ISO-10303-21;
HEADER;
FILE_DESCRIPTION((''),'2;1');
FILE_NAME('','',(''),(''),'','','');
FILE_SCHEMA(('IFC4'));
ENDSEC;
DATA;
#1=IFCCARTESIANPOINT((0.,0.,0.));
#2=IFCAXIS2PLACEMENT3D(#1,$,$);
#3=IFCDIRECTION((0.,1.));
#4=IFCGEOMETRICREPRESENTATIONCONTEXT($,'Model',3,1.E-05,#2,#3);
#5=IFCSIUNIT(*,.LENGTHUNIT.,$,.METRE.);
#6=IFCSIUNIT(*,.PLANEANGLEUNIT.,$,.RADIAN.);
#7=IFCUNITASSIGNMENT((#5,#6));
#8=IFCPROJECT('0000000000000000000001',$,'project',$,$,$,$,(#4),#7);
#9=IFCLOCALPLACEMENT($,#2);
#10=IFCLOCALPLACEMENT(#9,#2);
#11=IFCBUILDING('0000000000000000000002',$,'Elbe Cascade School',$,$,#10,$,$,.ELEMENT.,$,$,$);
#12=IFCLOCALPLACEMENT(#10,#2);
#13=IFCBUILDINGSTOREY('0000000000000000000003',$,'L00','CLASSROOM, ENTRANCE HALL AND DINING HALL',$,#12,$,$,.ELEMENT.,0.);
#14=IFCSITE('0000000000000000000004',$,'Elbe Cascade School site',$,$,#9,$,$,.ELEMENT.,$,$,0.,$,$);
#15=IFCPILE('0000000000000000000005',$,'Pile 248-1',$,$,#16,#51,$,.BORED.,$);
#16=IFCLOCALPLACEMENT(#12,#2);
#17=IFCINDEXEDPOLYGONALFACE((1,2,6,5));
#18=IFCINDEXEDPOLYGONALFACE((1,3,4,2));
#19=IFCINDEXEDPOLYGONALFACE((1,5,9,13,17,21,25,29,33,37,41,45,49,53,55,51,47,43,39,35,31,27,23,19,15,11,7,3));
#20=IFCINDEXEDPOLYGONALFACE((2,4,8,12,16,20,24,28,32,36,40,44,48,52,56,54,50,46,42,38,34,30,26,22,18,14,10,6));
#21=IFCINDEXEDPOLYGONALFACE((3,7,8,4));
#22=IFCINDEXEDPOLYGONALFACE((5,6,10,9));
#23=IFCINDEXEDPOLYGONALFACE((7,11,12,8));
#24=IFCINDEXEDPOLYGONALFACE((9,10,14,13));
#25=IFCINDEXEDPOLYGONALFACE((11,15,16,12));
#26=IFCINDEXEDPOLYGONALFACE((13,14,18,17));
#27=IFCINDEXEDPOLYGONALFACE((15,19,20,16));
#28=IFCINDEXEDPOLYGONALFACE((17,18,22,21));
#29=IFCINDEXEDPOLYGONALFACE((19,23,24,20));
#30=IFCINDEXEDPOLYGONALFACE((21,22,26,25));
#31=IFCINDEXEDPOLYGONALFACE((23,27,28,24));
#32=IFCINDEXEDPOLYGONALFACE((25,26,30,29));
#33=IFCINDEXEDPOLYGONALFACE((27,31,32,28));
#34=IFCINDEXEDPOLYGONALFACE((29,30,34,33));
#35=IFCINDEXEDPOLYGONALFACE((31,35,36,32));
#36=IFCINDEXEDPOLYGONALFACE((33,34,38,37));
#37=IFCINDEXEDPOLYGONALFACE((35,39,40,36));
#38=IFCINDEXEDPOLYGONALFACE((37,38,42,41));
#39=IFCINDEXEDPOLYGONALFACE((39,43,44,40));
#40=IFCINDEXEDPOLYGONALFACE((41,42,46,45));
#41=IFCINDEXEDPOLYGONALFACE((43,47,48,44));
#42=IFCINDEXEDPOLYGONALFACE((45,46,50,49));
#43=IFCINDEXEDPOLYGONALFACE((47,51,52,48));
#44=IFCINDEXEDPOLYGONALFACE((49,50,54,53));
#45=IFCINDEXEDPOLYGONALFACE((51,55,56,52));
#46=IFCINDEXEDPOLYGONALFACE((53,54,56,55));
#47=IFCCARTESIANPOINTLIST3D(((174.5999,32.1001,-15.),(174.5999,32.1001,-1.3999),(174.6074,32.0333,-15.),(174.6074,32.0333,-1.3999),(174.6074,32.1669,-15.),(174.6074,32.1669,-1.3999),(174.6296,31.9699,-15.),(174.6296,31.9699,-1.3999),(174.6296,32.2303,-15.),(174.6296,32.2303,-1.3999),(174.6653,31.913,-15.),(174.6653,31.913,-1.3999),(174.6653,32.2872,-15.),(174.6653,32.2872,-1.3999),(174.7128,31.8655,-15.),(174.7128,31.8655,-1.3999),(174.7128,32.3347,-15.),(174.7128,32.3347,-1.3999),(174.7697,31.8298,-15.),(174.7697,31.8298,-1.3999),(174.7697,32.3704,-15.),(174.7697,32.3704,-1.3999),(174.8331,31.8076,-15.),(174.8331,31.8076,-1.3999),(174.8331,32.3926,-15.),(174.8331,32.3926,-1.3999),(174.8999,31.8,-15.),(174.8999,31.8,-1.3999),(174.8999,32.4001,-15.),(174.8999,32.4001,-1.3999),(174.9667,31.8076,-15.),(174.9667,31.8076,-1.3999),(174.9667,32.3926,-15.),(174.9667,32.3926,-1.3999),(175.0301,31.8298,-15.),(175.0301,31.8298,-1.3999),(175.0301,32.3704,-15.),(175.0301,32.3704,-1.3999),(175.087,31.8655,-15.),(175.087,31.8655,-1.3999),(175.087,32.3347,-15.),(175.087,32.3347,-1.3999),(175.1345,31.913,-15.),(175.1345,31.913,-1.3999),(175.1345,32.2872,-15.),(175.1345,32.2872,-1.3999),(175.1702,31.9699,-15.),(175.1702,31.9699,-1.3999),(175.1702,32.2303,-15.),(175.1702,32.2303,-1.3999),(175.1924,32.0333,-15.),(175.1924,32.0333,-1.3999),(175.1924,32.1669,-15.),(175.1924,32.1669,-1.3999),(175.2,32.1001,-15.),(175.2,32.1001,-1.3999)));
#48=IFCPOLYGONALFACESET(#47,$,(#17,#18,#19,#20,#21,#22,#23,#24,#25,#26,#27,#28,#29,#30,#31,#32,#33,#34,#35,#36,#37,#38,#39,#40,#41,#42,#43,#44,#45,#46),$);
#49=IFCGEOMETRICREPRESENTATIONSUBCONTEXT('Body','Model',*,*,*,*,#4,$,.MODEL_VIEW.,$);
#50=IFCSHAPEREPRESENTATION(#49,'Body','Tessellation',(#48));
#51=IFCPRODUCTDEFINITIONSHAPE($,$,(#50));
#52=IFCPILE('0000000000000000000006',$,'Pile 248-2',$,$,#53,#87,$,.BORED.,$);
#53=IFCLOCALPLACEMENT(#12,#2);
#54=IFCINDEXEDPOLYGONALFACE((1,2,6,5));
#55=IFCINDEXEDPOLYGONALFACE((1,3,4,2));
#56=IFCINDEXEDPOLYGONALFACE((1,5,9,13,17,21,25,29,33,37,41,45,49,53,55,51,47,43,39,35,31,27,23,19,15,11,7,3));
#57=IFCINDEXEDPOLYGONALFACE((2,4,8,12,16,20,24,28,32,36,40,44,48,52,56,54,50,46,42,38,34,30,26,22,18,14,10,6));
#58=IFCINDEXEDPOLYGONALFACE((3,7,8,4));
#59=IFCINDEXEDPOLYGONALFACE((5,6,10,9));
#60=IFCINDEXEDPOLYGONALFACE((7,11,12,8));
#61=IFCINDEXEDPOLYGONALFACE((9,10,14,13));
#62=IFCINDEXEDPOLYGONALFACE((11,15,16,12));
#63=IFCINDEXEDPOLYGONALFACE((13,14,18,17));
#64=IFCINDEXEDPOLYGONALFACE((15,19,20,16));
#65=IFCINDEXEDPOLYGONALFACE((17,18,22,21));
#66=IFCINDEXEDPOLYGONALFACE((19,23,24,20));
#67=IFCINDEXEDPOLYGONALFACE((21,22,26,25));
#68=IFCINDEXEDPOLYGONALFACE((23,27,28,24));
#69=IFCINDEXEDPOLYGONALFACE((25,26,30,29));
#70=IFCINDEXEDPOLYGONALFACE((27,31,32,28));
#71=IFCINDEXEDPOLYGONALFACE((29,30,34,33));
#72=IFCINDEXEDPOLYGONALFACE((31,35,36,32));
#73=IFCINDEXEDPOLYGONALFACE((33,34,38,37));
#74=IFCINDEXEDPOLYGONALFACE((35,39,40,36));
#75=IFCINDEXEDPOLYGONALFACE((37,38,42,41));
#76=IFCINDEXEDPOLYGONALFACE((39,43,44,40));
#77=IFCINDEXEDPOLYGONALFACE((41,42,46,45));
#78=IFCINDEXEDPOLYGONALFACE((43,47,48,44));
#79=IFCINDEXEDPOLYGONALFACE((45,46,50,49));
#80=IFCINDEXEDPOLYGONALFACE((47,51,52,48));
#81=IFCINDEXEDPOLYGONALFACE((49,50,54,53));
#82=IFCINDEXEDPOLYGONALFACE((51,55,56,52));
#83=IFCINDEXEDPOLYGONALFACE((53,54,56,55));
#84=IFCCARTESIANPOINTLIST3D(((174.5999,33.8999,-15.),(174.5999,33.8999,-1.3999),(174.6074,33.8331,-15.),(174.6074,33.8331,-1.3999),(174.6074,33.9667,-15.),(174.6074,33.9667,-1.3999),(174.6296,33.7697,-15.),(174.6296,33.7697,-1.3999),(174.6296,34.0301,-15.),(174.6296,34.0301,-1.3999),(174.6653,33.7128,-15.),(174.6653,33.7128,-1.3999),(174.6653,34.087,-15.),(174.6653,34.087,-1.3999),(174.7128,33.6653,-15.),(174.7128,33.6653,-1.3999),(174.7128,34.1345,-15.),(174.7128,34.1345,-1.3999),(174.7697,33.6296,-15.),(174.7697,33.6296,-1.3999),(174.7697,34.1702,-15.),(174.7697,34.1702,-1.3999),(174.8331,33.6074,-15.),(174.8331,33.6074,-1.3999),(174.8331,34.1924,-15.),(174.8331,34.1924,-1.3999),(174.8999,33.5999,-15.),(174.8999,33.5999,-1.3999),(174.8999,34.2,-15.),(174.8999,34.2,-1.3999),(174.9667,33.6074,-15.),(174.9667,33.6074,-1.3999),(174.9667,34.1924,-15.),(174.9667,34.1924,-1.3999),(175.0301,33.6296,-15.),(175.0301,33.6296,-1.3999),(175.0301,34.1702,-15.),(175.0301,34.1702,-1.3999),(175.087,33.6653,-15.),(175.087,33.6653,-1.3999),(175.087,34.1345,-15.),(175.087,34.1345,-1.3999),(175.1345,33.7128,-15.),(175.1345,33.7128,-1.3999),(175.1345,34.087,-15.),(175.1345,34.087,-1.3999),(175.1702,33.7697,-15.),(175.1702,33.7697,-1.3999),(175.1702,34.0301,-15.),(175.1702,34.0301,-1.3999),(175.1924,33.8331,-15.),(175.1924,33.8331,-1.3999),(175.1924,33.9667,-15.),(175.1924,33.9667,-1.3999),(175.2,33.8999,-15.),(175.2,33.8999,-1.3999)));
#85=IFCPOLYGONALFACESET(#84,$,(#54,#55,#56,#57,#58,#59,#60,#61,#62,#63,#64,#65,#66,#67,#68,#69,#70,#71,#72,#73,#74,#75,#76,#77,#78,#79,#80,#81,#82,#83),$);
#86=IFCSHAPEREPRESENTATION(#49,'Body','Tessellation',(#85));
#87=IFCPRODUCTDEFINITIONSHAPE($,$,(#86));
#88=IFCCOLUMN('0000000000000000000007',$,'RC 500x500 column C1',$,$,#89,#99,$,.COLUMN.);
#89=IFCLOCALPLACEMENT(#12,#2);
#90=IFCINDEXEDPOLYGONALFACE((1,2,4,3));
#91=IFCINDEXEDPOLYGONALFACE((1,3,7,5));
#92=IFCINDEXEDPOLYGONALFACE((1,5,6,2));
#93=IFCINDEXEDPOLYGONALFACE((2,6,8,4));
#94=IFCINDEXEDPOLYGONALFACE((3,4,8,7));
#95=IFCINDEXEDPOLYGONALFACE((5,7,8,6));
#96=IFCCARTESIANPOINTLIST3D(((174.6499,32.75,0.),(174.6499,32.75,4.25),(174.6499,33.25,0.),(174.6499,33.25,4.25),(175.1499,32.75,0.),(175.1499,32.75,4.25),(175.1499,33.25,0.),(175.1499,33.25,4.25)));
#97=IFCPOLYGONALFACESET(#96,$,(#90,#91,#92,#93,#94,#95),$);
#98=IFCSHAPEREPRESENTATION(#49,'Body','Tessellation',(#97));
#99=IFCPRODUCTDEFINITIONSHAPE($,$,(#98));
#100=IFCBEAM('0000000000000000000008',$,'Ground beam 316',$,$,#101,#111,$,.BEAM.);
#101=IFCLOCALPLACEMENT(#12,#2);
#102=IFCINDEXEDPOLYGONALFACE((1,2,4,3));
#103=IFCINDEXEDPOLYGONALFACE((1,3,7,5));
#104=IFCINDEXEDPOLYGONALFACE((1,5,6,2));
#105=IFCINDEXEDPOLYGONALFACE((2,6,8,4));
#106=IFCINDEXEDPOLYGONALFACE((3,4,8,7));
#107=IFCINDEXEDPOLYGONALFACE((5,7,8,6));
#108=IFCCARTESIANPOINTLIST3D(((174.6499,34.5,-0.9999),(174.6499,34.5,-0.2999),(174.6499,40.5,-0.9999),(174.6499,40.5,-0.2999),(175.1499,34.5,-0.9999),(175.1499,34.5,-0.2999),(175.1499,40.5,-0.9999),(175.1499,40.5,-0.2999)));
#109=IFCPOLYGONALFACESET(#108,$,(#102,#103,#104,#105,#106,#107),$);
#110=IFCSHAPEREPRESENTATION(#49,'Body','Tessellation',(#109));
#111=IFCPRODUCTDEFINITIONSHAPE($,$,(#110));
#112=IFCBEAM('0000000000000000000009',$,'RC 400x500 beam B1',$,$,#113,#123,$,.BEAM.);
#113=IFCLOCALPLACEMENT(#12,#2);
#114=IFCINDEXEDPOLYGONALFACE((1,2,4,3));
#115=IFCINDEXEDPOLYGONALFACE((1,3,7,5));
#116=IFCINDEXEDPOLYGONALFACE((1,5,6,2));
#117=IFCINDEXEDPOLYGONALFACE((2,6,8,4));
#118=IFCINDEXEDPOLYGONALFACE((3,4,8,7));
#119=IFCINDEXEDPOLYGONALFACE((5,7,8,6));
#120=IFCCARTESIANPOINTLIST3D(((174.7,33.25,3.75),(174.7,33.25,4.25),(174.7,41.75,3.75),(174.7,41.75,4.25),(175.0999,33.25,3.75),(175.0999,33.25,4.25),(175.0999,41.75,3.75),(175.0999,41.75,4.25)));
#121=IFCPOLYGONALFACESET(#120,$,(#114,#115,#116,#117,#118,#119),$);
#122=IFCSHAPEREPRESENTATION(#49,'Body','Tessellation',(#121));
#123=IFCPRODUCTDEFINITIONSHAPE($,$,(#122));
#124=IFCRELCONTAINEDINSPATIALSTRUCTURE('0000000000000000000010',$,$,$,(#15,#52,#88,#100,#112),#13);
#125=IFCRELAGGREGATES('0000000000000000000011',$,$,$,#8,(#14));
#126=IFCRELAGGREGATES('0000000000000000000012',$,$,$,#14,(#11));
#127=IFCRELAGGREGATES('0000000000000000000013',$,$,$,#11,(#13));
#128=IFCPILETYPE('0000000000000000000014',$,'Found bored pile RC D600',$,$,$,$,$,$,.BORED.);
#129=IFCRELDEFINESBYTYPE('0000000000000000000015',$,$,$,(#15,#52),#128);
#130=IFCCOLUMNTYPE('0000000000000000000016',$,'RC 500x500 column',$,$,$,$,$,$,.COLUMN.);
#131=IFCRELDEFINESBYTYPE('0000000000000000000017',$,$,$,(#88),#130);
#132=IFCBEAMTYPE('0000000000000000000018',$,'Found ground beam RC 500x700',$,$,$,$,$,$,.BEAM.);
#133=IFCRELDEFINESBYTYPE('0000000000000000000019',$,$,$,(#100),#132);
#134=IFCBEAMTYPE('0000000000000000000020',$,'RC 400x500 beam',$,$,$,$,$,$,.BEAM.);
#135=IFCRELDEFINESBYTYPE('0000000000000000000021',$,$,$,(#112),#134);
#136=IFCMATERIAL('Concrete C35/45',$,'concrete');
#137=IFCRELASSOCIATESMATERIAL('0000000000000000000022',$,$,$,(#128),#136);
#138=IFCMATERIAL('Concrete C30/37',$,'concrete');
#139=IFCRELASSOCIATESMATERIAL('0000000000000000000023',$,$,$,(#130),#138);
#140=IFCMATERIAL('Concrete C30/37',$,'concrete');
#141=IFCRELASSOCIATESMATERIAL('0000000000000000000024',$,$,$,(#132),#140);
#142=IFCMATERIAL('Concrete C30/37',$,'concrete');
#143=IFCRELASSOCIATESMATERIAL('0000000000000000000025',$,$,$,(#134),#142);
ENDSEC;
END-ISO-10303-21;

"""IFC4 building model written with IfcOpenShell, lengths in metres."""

from ifc_helpers import new_model, si_unit, direction, frame, origin, origin_2d, place, context, subcontext, project, spatial, rectangle, circle, extrude, material, material_profile, profile_set, type_object, element, save


model = new_model("IFC4")

# Units and contexts
model_context = context("Model", 3, precision=1e-05, world=origin(), true_north=direction((0.0, 1.0)))
body_context = subcontext(model_context, "Body", "Model", "MODEL_VIEW")
ifc_project = project(units=[si_unit("LENGTHUNIT", "METRE"), si_unit("PLANEANGLEUNIT", "RADIAN")], contexts=[model_context])

# Site, building, storey
site_placement = place(None, origin())
site = spatial("IfcSite", under=ifc_project, at=site_placement, Name="Elbe Cascade School site", CompositionType="ELEMENT", RefElevation=0.0)
building_placement = place(site_placement, origin())
building = spatial("IfcBuilding", under=site, at=building_placement, Name="Elbe Cascade School", CompositionType="ELEMENT")
storey_placement = place(building_placement, origin())
storey = spatial("IfcBuildingStorey", under=building, at=storey_placement, Name="L00", Description="CLASSROOM, ENTRANCE HALL AND DINING HALL", CompositionType="ELEMENT", Elevation=0.0)

# Piles
ifc_material_1 = material(Name="Concrete C35/45", Category="concrete")
ifc_material_profile_1 = material_profile(ifc_material_1, circle(Radius=0.3, at=origin_2d()), Name="RC D600")
ifc_profile_set_1 = profile_set([ifc_material_profile_1], Name="Concrete C35/45")
pile_type = type_object("IfcPileType", Name="Found bored pile RC D600", PredefinedType="BORED", material=ifc_profile_set_1)
for number, where, z_axis, x_axis, name in (
    (1, (174.8999, 32.1001, -1.3999), (0.0, 0.0, -1.0), (1.0, 0.0, 0.0), "Pile 248-1"),
    (2, (174.8999, 33.8999, -1.3999), (0.0, 0.0, -1.0), (1.0, 0.0, 0.0), "Pile 248-2"),
):
    element("IfcPile", number, at=place(storey_placement, frame(where, z_axis=z_axis, x_axis=x_axis)), inside=storey, type_object=pile_type, Name=name, PredefinedType="BORED", context=body_context, shape_type="SweptSolid", body=[
        extrude(circle(Radius=0.3, at=origin_2d()), origin(), (0.0, 0.0, 1.0), 13.6001),
    ])

# Column
ifc_material_2 = material(Name="Concrete C30/37", Category="concrete")
ifc_material_profile_2 = material_profile(ifc_material_2, rectangle(XDim=0.5, YDim=0.5, at=origin_2d()), Name="RC 500x500")
ifc_profile_set_2 = profile_set([ifc_material_profile_2], Name="Concrete C30/37")
column_type = type_object("IfcColumnType", Name="RC 500x500 column", PredefinedType="COLUMN", material=ifc_profile_set_2)
column_placement = place(storey_placement, frame((174.8999, 33.0, 0.0), z_axis=(0.0, 0.0, 1.0), x_axis=(1.0, 0.0, 0.0)))
element("IfcColumn", 3, at=column_placement, inside=storey, type_object=column_type, Name="RC 500x500 column C1", PredefinedType="COLUMN", context=body_context, shape_type="SweptSolid", body=[
    extrude(rectangle(XDim=0.5, YDim=0.5, at=origin_2d()), origin(), (0.0, 0.0, 1.0), 4.25),
])

# Beams
ifc_material_3 = material(Name="Concrete C30/37", Category="concrete")
ifc_material_profile_3 = material_profile(ifc_material_3, rectangle(XDim=0.5, YDim=0.7, at=origin_2d()), Name="RC 500x700")
ifc_profile_set_3 = profile_set([ifc_material_profile_3], Name="Concrete C30/37")
beam_type_1 = type_object("IfcBeamType", Name="Found ground beam RC 500x700", PredefinedType="BEAM", material=ifc_profile_set_3)
beam_1_placement = place(storey_placement, frame((174.8999, 34.5, -0.6499), z_axis=(0.0, 1.0, 0.0), x_axis=(-1.0, 0.0, 0.0)))
element("IfcBeam", 4, at=beam_1_placement, inside=storey, type_object=beam_type_1, Name="Ground beam 316", PredefinedType="BEAM", context=body_context, shape_type="SweptSolid", body=[
    extrude(rectangle(XDim=0.5, YDim=0.7, at=origin_2d()), origin(), (0.0, 0.0, 1.0), 6.0),
])
ifc_material_4 = material(Name="Concrete C30/37", Category="concrete")
ifc_material_profile_4 = material_profile(ifc_material_4, rectangle(XDim=0.3999, YDim=0.5, at=origin_2d()), Name="RC 400x500")
ifc_profile_set_4 = profile_set([ifc_material_profile_4], Name="Concrete C30/37")
beam_type_2 = type_object("IfcBeamType", Name="RC 400x500 beam", PredefinedType="BEAM", material=ifc_profile_set_4)
beam_2_placement = place(storey_placement, frame((174.8999, 33.25, 4.0), z_axis=(0.0, 1.0, 0.0), x_axis=(-1.0, 0.0, 0.0)))
element("IfcBeam", 5, at=beam_2_placement, inside=storey, type_object=beam_type_2, Name="RC 400x500 beam B1", PredefinedType="BEAM", context=body_context, shape_type="SweptSolid", body=[
    extrude(rectangle(XDim=0.3999, YDim=0.5, at=origin_2d()), origin(), (0.0, 0.0, 1.0), 8.5),
])

save(model, "model.ifc")
